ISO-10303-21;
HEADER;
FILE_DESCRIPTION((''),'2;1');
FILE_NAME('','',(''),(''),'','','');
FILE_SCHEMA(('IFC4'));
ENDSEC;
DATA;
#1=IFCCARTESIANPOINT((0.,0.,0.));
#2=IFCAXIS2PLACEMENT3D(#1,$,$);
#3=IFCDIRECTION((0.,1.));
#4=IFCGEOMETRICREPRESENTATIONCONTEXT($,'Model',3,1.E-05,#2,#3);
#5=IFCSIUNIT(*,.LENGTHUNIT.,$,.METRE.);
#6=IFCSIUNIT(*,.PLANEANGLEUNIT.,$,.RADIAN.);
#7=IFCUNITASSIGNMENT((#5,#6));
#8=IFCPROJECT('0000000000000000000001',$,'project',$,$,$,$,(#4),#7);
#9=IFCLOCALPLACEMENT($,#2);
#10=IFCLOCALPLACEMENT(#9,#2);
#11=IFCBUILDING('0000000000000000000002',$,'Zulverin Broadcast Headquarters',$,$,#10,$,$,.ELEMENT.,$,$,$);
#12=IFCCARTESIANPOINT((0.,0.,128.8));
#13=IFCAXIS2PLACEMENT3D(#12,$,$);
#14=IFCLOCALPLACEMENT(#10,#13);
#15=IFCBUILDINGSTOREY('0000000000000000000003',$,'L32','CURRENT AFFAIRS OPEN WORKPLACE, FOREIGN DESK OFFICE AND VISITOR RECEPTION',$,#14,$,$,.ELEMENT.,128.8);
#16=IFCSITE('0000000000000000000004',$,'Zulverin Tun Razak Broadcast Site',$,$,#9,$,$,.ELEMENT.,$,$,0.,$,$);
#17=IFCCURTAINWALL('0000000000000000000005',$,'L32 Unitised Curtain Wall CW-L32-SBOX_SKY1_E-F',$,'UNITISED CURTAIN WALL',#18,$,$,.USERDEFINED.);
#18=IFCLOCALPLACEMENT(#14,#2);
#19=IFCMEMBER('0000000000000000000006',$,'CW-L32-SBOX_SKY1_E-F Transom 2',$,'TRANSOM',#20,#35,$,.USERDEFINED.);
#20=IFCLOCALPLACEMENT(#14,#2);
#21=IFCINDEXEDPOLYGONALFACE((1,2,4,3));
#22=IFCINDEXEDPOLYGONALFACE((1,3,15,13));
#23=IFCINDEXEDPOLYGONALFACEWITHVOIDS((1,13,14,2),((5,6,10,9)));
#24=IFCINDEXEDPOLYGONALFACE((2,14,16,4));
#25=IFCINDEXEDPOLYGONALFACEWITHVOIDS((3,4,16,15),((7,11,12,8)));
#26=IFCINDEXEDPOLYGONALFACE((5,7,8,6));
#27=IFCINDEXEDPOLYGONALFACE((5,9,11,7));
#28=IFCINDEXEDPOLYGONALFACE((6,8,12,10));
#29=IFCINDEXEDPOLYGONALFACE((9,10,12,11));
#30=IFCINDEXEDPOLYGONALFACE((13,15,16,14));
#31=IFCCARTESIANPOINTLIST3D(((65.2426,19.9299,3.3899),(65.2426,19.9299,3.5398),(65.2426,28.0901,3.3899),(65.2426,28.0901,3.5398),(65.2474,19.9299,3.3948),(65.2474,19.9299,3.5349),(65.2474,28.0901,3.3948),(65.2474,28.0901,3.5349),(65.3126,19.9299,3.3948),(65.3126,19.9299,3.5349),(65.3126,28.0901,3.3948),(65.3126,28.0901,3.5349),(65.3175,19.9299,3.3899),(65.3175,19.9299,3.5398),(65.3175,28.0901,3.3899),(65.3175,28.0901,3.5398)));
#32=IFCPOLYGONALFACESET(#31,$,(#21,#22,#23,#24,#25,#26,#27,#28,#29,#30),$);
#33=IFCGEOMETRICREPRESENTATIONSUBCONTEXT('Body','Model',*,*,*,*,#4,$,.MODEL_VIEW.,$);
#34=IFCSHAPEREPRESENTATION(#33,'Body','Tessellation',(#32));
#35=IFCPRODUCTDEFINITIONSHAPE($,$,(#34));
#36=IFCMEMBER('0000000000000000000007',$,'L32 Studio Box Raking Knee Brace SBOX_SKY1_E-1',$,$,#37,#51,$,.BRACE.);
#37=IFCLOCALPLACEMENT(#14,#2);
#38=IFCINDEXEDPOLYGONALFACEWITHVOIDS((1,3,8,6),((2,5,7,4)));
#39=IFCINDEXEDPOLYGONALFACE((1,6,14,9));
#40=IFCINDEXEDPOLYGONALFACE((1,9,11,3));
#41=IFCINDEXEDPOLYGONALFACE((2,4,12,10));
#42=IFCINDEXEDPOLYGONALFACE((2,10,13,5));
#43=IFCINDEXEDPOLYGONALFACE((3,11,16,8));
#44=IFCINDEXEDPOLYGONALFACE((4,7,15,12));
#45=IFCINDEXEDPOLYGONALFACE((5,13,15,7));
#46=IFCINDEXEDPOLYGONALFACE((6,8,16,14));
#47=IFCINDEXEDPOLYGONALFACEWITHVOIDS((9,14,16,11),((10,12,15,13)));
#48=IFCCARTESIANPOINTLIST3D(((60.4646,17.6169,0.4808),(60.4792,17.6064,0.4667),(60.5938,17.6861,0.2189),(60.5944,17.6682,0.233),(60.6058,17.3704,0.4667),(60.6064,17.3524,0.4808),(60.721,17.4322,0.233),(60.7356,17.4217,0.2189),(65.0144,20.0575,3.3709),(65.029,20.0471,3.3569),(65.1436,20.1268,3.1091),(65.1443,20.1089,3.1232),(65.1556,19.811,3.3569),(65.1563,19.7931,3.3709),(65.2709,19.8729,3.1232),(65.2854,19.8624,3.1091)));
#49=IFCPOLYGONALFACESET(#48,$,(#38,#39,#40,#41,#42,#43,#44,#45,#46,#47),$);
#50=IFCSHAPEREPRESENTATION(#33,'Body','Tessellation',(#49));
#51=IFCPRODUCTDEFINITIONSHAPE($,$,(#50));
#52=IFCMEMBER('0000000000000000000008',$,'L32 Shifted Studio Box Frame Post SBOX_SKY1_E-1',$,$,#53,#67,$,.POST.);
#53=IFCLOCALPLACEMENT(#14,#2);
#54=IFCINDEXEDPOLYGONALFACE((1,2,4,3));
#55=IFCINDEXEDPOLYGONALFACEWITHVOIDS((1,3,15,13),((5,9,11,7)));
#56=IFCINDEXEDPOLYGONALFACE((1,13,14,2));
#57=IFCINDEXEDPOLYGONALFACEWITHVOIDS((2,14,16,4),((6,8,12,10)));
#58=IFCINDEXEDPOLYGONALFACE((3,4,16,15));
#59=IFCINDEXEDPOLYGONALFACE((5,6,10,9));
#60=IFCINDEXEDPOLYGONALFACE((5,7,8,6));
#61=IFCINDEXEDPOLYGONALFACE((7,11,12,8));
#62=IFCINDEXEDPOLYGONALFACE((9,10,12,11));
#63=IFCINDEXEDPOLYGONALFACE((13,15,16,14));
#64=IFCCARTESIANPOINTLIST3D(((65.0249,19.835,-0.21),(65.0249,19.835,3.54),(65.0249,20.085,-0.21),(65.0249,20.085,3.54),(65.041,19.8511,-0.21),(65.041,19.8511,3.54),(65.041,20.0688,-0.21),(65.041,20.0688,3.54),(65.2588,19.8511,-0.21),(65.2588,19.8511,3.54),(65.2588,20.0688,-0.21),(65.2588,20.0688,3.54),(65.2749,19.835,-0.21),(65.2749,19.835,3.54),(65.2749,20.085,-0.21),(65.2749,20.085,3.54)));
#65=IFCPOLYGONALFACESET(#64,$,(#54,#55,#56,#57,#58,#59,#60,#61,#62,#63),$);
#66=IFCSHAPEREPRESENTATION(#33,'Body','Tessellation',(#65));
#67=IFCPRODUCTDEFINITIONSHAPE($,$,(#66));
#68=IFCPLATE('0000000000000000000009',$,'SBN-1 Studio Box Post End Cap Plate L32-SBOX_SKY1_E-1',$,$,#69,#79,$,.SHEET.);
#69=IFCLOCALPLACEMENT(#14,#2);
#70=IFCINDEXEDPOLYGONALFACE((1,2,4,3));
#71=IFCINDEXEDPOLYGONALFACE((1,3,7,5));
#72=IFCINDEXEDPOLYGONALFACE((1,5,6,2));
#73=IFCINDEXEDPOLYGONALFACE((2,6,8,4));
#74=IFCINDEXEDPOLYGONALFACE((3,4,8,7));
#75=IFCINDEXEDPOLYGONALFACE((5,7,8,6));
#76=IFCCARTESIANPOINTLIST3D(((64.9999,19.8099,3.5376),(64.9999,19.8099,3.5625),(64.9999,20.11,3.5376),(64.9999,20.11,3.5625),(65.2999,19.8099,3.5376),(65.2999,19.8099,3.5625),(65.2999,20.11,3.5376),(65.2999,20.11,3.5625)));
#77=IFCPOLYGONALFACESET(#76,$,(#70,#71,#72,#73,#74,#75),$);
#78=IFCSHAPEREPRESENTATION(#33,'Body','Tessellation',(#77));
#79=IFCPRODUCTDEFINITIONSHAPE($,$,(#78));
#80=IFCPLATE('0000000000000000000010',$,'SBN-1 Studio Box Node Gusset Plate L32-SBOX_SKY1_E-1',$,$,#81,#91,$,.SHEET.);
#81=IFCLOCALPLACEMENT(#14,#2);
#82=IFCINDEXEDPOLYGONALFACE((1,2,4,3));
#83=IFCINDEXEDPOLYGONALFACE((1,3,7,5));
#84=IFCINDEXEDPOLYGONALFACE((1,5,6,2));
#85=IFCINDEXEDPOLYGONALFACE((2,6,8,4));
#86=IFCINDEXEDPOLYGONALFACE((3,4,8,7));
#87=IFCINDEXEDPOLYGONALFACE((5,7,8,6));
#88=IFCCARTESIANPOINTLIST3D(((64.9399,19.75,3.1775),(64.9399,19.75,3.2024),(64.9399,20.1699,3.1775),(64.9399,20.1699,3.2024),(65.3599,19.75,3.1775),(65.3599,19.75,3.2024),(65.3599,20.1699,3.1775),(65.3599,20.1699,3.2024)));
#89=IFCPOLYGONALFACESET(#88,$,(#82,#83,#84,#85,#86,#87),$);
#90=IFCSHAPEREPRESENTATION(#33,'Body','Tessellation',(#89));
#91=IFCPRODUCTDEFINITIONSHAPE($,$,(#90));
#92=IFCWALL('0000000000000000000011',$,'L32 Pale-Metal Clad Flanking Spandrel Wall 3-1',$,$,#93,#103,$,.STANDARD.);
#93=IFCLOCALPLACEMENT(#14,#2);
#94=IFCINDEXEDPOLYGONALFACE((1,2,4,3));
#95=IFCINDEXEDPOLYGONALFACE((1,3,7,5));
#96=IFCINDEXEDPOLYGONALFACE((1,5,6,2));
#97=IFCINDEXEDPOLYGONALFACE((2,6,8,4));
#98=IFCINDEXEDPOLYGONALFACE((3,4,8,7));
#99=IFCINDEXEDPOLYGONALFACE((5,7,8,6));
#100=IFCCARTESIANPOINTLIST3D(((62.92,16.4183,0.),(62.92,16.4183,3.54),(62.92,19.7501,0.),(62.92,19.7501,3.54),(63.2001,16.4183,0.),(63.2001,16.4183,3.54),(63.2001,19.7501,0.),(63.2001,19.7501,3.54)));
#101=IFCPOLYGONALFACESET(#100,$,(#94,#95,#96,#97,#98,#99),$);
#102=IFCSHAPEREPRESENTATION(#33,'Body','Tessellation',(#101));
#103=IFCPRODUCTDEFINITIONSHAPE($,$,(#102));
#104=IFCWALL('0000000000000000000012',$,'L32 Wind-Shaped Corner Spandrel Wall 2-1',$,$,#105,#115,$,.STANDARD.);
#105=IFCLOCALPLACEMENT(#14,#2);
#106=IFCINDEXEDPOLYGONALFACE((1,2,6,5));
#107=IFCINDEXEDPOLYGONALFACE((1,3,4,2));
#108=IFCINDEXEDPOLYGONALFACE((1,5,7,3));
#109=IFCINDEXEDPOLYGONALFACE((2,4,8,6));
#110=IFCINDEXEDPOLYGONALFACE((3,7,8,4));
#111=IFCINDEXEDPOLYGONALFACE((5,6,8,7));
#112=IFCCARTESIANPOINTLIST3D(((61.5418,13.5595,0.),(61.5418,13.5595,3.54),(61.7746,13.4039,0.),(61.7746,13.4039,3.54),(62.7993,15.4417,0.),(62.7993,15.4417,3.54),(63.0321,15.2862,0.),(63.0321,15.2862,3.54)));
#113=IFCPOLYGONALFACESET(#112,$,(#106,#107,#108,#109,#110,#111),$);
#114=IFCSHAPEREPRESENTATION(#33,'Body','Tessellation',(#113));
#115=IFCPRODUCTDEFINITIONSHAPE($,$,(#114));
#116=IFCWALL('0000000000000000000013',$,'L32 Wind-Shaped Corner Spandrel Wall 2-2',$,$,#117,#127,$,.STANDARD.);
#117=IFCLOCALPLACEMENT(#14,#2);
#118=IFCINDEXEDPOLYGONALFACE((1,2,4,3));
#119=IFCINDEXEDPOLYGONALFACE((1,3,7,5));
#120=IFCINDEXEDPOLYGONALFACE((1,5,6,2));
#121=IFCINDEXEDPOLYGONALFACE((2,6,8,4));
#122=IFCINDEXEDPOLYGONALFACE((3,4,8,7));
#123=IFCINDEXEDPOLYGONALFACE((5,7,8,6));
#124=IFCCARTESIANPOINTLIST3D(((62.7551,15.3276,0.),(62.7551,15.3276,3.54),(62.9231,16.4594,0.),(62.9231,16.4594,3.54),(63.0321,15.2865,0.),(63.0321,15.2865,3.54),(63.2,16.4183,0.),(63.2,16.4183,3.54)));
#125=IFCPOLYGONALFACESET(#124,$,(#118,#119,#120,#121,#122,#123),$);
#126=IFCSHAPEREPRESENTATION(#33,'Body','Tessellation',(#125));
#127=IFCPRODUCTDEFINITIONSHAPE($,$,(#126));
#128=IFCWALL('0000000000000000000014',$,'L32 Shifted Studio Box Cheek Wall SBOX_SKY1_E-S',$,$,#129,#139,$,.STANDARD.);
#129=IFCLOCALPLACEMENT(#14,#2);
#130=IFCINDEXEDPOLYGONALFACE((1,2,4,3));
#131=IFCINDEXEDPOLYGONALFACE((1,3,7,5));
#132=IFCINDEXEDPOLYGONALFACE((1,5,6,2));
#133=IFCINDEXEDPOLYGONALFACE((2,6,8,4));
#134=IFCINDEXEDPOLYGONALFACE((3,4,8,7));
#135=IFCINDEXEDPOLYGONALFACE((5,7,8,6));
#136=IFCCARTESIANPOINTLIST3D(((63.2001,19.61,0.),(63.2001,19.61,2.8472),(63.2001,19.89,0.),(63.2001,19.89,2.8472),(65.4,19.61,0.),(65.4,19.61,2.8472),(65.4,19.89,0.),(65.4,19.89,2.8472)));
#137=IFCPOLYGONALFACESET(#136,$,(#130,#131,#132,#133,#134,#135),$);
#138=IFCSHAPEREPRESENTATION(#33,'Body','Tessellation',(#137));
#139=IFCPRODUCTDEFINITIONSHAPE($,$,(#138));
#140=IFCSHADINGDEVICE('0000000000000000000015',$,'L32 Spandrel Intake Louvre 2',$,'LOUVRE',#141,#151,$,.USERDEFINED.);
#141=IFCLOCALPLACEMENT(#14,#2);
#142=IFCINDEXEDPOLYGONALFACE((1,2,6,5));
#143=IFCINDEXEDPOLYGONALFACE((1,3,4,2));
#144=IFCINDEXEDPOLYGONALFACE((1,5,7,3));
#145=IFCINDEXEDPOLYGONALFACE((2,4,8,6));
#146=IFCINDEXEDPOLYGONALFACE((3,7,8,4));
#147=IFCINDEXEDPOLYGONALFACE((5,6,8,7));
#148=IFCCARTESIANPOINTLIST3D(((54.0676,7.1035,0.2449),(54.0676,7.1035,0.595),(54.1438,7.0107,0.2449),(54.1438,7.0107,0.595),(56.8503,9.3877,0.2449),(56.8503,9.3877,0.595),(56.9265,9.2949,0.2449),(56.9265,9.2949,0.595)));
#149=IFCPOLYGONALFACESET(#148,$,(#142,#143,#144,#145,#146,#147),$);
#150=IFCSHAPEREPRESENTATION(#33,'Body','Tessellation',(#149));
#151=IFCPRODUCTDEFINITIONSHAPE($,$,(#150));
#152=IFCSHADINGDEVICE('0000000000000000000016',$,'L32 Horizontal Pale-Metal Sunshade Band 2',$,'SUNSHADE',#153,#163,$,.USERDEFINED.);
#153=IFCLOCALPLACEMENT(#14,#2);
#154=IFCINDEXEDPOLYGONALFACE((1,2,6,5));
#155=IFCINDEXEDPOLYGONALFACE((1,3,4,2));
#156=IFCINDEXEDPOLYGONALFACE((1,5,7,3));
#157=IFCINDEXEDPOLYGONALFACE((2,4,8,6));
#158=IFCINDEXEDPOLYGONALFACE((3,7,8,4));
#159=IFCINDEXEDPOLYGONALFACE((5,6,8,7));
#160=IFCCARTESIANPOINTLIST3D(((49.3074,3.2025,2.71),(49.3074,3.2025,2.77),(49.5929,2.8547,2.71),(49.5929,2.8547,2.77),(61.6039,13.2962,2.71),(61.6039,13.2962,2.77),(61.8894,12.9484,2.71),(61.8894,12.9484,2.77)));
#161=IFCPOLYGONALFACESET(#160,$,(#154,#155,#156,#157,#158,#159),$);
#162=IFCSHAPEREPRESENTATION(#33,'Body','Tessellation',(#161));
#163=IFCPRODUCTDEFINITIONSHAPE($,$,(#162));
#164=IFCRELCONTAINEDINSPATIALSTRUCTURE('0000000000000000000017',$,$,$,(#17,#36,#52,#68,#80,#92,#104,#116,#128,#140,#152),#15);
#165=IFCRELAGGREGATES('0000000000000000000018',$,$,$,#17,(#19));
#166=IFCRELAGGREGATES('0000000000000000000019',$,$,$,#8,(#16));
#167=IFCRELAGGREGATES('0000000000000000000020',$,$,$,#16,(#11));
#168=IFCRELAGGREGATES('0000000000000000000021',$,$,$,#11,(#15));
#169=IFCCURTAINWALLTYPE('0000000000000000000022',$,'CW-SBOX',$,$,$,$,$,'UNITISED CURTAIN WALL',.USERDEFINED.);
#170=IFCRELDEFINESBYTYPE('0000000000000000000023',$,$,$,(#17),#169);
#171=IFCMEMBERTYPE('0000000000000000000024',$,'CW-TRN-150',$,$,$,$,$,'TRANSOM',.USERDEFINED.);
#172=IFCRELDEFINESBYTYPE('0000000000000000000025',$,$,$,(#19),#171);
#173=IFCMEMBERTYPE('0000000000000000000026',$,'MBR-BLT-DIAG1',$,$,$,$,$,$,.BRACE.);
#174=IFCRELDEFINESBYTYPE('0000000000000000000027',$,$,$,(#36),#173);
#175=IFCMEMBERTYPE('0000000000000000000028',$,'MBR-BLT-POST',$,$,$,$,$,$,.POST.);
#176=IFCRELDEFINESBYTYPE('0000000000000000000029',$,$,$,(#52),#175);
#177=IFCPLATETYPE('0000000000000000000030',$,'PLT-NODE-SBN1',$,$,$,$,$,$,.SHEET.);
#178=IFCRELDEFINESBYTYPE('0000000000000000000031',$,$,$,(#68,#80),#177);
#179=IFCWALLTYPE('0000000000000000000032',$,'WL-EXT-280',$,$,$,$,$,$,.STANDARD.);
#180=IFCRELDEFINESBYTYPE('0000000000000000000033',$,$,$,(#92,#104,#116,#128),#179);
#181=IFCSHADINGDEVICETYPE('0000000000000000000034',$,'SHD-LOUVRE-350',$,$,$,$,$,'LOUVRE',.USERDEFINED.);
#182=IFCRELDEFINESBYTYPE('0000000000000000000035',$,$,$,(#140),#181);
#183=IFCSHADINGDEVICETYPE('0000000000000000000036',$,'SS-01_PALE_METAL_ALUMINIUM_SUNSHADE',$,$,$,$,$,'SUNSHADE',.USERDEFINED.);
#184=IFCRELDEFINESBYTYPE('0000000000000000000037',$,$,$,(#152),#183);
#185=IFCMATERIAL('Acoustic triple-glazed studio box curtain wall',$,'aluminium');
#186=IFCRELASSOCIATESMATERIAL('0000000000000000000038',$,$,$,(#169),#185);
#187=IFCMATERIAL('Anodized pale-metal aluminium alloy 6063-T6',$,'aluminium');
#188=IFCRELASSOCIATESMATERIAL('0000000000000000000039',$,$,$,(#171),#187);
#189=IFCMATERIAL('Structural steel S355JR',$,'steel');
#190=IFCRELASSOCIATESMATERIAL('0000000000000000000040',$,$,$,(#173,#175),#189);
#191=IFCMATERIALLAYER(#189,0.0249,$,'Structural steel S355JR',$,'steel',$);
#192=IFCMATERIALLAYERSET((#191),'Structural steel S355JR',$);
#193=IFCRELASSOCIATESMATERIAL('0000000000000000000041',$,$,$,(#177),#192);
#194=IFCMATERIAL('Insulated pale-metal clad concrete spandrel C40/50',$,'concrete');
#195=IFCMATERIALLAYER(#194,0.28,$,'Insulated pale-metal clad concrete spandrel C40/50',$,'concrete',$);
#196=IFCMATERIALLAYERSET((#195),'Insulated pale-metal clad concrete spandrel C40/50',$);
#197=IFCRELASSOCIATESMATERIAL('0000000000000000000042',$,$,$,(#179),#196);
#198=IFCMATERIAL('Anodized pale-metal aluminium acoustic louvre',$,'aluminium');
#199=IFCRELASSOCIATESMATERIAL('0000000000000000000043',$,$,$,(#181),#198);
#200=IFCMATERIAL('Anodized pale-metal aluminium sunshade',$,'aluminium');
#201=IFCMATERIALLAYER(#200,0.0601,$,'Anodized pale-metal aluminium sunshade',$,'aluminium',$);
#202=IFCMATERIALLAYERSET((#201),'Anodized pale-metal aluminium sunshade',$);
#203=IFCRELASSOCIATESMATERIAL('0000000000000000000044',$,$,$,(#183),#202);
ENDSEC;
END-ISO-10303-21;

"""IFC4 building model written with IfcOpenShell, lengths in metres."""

from ifc_helpers import new_model, si_unit, direction, frame, frame_2d, origin, origin_2d, place, context, subcontext, project, spatial, rectangle, hollow_rectangle, extrude, material, layer, layer_set, material_profile, profile_set, type_object, element, aggregate, save


model = new_model("IFC4")

# Units and contexts
model_context = context("Model", 3, precision=1e-05, world=origin(), true_north=direction((0.0, 1.0)))
body_context = subcontext(model_context, "Body", "Model", "MODEL_VIEW")
ifc_project = project(units=[si_unit("LENGTHUNIT", "METRE"), si_unit("PLANEANGLEUNIT", "RADIAN")], contexts=[model_context])

# Site, building, storey
site_placement = place(None, origin())
site = spatial("IfcSite", under=ifc_project, at=site_placement, Name="Zulverin Tun Razak Broadcast Site", CompositionType="ELEMENT", RefElevation=0.0)
building_placement = place(site_placement, origin())
building = spatial("IfcBuilding", under=site, at=building_placement, Name="Zulverin Broadcast Headquarters", CompositionType="ELEMENT")
storey_placement = place(building_placement, frame((0.0, 0.0, 128.8)))
storey = spatial("IfcBuildingStorey", under=building, at=storey_placement, Name="L32", Description="CURRENT AFFAIRS OPEN WORKPLACE, FOREIGN DESK OFFICE AND VISITOR RECEPTION", CompositionType="ELEMENT", Elevation=128.8)

# Shared definitions
ifc_material_1 = material(Name="Structural steel S355JR", Category="steel")

# Curtain wall, member
ifc_material_2 = material(Name="Acoustic triple-glazed studio box curtain wall", Category="aluminium")
curtain_wall_type = type_object("IfcCurtainWallType", Name="CW-SBOX", ElementType="UNITISED CURTAIN WALL", PredefinedType="USERDEFINED", material=ifc_material_2)
curtain_wall_placement = place(storey_placement, origin())
curtain_wall = element("IfcCurtainWall", 1, at=curtain_wall_placement, inside=storey, type_object=curtain_wall_type, Name="L32 Unitised Curtain Wall CW-L32-SBOX_SKY1_E-F", ObjectType="UNITISED CURTAIN WALL", PredefinedType="USERDEFINED")
ifc_material_3 = material(Name="Anodized pale-metal aluminium alloy 6063-T6", Category="aluminium")
ifc_material_profile_1 = material_profile(ifc_material_3, hollow_rectangle(XDim=0.075, YDim=0.1499, WallThickness=0.0049, at=origin_2d()), Name="Anodized pale-metal aluminium alloy 6063-T6", Category="aluminium")
ifc_profile_set_1 = profile_set([ifc_material_profile_1], Name="Anodized pale-metal aluminium alloy 6063-T6")
member_type_1 = type_object("IfcMemberType", Name="CW-TRN-150", ElementType="TRANSOM", PredefinedType="USERDEFINED", material=ifc_profile_set_1)
member_1_placement = place(storey_placement, frame((65.28, 19.9299, 3.4648), z_axis=(0.0, 1.0, 0.0), x_axis=(-1.0, 0.0, 0.0)))
member_1 = element("IfcMember", 2, at=member_1_placement, type_object=member_type_1, Name="CW-L32-SBOX_SKY1_E-F Transom 2", ObjectType="TRANSOM", PredefinedType="USERDEFINED", context=body_context, shape_type="SweptSolid", body=[
    extrude(hollow_rectangle(XDim=0.075, YDim=0.1499, WallThickness=0.0049, at=origin_2d()), origin(), (0.0, 0.0, 1.0), 8.1602),
])
aggregate(curtain_wall, [member_1])

# Members
ifc_material_profile_2 = material_profile(ifc_material_1, hollow_rectangle(XDim=0.3, YDim=0.3, WallThickness=0.0161, at=origin_2d()), Name="Structural steel S355JR", Category="steel")
ifc_profile_set_2 = profile_set([ifc_material_profile_2], Name="Structural steel S355JR")
member_type_2 = type_object("IfcMemberType", Name="MBR-BLT-DIAG1", PredefinedType="BRACE", material=ifc_profile_set_2)
member_2_placement = place(storey_placement, frame((60.6001, 17.5193, 0.3499), z_axis=(0.768942, 0.412487, 0.488449), x_axis=(-0.472715, 0.881216, 0.0)))
element("IfcMember", 3, at=member_2_placement, inside=storey, type_object=member_type_2, Name="L32 Studio Box Raking Knee Brace SBOX_SKY1_E-1", PredefinedType="BRACE", context=body_context, shape_type="SweptSolid", body=[
    extrude(hollow_rectangle(XDim=0.3, YDim=0.3, WallThickness=0.0161, at=origin_2d()), origin(), (0.0, 0.0, 1.0), 5.917),
])
ifc_material_profile_3 = material_profile(ifc_material_1, hollow_rectangle(XDim=0.25, YDim=0.25, WallThickness=0.0161, at=origin_2d()), Name="Structural steel S355JR", Category="steel")
ifc_profile_set_3 = profile_set([ifc_material_profile_3], Name="Structural steel S355JR")
member_type_3 = type_object("IfcMemberType", Name="MBR-BLT-POST", PredefinedType="POST", material=ifc_profile_set_3)
member_3_placement = place(storey_placement, frame((65.1499, 19.96, -0.21), z_axis=(0.0, 0.0, 1.0), x_axis=(1.0, 0.0, 0.0)))
element("IfcMember", 4, at=member_3_placement, inside=storey, type_object=member_type_3, Name="L32 Shifted Studio Box Frame Post SBOX_SKY1_E-1", PredefinedType="POST", context=body_context, shape_type="SweptSolid", body=[
    extrude(hollow_rectangle(XDim=0.25, YDim=0.25, WallThickness=0.0161, at=origin_2d()), origin(), (0.0, 0.0, 1.0), 3.75),
])

# Plates
ifc_layer_1 = layer(ifc_material_1, 0.0249, Name="Structural steel S355JR", Category="steel")
ifc_layer_set_1 = layer_set([ifc_layer_1], Name="Structural steel S355JR")
plate_type = type_object("IfcPlateType", Name="PLT-NODE-SBN1", PredefinedType="SHEET", material=ifc_layer_set_1)
plate_1_placement = place(storey_placement, frame((65.1499, 19.96, 3.5376), z_axis=(0.0, 0.0, 1.0), x_axis=(1.0, 0.0, 0.0)))
element("IfcPlate", 5, at=plate_1_placement, inside=storey, type_object=plate_type, Name="SBN-1 Studio Box Post End Cap Plate L32-SBOX_SKY1_E-1", PredefinedType="SHEET", context=body_context, shape_type="SweptSolid", body=[
    extrude(rectangle(XDim=0.3, YDim=0.3, at=origin_2d()), origin(), (0.0, 0.0, 1.0), 0.0249),
])
plate_2_placement = place(storey_placement, frame((65.1499, 19.96, 3.1775), z_axis=(0.0, 0.0, 1.0), x_axis=(1.0, 0.0, 0.0)))
element("IfcPlate", 6, at=plate_2_placement, inside=storey, type_object=plate_type, Name="SBN-1 Studio Box Node Gusset Plate L32-SBOX_SKY1_E-1", PredefinedType="SHEET", context=body_context, shape_type="SweptSolid", body=[
    extrude(rectangle(XDim=0.4199, YDim=0.4199, at=origin_2d()), origin(), (0.0, 0.0, 1.0), 0.0249),
])

# Walls
ifc_material_4 = material(Name="Insulated pale-metal clad concrete spandrel C40/50", Category="concrete")
ifc_layer_2 = layer(ifc_material_4, 0.28, Name="Insulated pale-metal clad concrete spandrel C40/50", Category="concrete")
ifc_layer_set_2 = layer_set([ifc_layer_2], Name="Insulated pale-metal clad concrete spandrel C40/50")
wall_type = type_object("IfcWallType", Name="WL-EXT-280", PredefinedType="STANDARD", material=ifc_layer_set_2)
wall_1_placement = place(storey_placement, frame((63.0601, 16.4182, 0.0), z_axis=(0.0, 0.0, 1.0), x_axis=(0.0, 1.0, 0.0)))
element("IfcWall", 7, at=wall_1_placement, inside=storey, type_object=wall_type, Name="L32 Pale-Metal Clad Flanking Spandrel Wall 3-1", PredefinedType="STANDARD", context=body_context, shape_type="SweptSolid", body=[
    extrude(rectangle(XDim=3.3318, YDim=0.28, at=frame_2d((1.666, 0.0))), origin(), (0.0, 0.0, 1.0), 3.54),
])
wall_2_placement = place(storey_placement, frame((61.6582, 13.4817, 0.0), z_axis=(0.0, 0.0, 1.0), x_axis=(0.555521, 0.831502, 0.0)))
element("IfcWall", 8, at=wall_2_placement, inside=storey, type_object=wall_type, Name="L32 Wind-Shaped Corner Spandrel Wall 2-1", PredefinedType="STANDARD", context=body_context, shape_type="SweptSolid", body=[
    extrude(rectangle(XDim=2.2637, YDim=0.28, at=frame_2d((1.1318, 0.0))), origin(), (0.0, 0.0, 1.0), 3.54),
])
wall_3_placement = place(storey_placement, frame((62.8936, 15.3069, 0.0), z_axis=(0.0, 0.0, 1.0), x_axis=(0.146796, 0.989167, 0.0)))
element("IfcWall", 9, at=wall_3_placement, inside=storey, type_object=wall_type, Name="L32 Wind-Shaped Corner Spandrel Wall 2-2", PredefinedType="STANDARD", context=body_context, shape_type="SweptSolid", body=[
    extrude(rectangle(XDim=1.1443, YDim=0.28, at=frame_2d((0.5723, 0.0))), origin(), (0.0, 0.0, 1.0), 3.54),
])
wall_4_placement = place(storey_placement, frame((63.2, 19.75, 0.0), z_axis=(0.0, 0.0, 1.0), x_axis=(1.0, 0.0, 0.0)))
element("IfcWall", 10, at=wall_4_placement, inside=storey, type_object=wall_type, Name="L32 Shifted Studio Box Cheek Wall SBOX_SKY1_E-S", PredefinedType="STANDARD", context=body_context, shape_type="SweptSolid", body=[
    extrude(rectangle(XDim=2.2, YDim=0.28, at=frame_2d((1.1001, 0.0))), origin(), (0.0, 0.0, 1.0), 2.8472),
])

# Shading devices
ifc_material_5 = material(Name="Anodized pale-metal aluminium acoustic louvre", Category="aluminium")
shading_device_type_1 = type_object("IfcShadingDeviceType", Name="SHD-LOUVRE-350", ElementType="LOUVRE", PredefinedType="USERDEFINED", material=ifc_material_5)
shading_device_1_placement = place(storey_placement, frame((55.4971, 8.1992, 0.2449), z_axis=(0.0, 0.0, 1.0), x_axis=(0.77294, 0.63448, 0.0)))
element("IfcShadingDevice", 11, at=shading_device_1_placement, inside=storey, type_object=shading_device_type_1, Name="L32 Spandrel Intake Louvre 2", ObjectType="LOUVRE", PredefinedType="USERDEFINED", context=body_context, shape_type="SweptSolid", body=[
    extrude(rectangle(XDim=3.6001, YDim=0.1201, at=origin_2d()), origin(), (0.0, 0.0, 1.0), 0.3501),
])
ifc_material_6 = material(Name="Anodized pale-metal aluminium sunshade", Category="aluminium")
ifc_layer_3 = layer(ifc_material_6, 0.0601, Name="Anodized pale-metal aluminium sunshade", Category="aluminium")
ifc_layer_set_3 = layer_set([ifc_layer_3], Name="Anodized pale-metal aluminium sunshade")
shading_device_type_2 = type_object("IfcShadingDeviceType", Name="SS-01_PALE_METAL_ALUMINIUM_SUNSHADE", ElementType="SUNSHADE", PredefinedType="USERDEFINED", material=ifc_layer_set_3)
shading_device_2_placement = place(storey_placement, frame((55.5984, 8.0754, 2.71), z_axis=(0.0, 0.0, 1.0), x_axis=(0.77294, 0.63448, 0.0)))
element("IfcShadingDevice", 12, at=shading_device_2_placement, inside=storey, type_object=shading_device_type_2, Name="L32 Horizontal Pale-Metal Sunshade Band 2", ObjectType="SUNSHADE", PredefinedType="USERDEFINED", context=body_context, shape_type="SweptSolid", body=[
    extrude(rectangle(XDim=15.9087, YDim=0.45, at=origin_2d()), origin(), (0.0, 0.0, 1.0), 0.0601),
])

save(model, "model.ifc")
